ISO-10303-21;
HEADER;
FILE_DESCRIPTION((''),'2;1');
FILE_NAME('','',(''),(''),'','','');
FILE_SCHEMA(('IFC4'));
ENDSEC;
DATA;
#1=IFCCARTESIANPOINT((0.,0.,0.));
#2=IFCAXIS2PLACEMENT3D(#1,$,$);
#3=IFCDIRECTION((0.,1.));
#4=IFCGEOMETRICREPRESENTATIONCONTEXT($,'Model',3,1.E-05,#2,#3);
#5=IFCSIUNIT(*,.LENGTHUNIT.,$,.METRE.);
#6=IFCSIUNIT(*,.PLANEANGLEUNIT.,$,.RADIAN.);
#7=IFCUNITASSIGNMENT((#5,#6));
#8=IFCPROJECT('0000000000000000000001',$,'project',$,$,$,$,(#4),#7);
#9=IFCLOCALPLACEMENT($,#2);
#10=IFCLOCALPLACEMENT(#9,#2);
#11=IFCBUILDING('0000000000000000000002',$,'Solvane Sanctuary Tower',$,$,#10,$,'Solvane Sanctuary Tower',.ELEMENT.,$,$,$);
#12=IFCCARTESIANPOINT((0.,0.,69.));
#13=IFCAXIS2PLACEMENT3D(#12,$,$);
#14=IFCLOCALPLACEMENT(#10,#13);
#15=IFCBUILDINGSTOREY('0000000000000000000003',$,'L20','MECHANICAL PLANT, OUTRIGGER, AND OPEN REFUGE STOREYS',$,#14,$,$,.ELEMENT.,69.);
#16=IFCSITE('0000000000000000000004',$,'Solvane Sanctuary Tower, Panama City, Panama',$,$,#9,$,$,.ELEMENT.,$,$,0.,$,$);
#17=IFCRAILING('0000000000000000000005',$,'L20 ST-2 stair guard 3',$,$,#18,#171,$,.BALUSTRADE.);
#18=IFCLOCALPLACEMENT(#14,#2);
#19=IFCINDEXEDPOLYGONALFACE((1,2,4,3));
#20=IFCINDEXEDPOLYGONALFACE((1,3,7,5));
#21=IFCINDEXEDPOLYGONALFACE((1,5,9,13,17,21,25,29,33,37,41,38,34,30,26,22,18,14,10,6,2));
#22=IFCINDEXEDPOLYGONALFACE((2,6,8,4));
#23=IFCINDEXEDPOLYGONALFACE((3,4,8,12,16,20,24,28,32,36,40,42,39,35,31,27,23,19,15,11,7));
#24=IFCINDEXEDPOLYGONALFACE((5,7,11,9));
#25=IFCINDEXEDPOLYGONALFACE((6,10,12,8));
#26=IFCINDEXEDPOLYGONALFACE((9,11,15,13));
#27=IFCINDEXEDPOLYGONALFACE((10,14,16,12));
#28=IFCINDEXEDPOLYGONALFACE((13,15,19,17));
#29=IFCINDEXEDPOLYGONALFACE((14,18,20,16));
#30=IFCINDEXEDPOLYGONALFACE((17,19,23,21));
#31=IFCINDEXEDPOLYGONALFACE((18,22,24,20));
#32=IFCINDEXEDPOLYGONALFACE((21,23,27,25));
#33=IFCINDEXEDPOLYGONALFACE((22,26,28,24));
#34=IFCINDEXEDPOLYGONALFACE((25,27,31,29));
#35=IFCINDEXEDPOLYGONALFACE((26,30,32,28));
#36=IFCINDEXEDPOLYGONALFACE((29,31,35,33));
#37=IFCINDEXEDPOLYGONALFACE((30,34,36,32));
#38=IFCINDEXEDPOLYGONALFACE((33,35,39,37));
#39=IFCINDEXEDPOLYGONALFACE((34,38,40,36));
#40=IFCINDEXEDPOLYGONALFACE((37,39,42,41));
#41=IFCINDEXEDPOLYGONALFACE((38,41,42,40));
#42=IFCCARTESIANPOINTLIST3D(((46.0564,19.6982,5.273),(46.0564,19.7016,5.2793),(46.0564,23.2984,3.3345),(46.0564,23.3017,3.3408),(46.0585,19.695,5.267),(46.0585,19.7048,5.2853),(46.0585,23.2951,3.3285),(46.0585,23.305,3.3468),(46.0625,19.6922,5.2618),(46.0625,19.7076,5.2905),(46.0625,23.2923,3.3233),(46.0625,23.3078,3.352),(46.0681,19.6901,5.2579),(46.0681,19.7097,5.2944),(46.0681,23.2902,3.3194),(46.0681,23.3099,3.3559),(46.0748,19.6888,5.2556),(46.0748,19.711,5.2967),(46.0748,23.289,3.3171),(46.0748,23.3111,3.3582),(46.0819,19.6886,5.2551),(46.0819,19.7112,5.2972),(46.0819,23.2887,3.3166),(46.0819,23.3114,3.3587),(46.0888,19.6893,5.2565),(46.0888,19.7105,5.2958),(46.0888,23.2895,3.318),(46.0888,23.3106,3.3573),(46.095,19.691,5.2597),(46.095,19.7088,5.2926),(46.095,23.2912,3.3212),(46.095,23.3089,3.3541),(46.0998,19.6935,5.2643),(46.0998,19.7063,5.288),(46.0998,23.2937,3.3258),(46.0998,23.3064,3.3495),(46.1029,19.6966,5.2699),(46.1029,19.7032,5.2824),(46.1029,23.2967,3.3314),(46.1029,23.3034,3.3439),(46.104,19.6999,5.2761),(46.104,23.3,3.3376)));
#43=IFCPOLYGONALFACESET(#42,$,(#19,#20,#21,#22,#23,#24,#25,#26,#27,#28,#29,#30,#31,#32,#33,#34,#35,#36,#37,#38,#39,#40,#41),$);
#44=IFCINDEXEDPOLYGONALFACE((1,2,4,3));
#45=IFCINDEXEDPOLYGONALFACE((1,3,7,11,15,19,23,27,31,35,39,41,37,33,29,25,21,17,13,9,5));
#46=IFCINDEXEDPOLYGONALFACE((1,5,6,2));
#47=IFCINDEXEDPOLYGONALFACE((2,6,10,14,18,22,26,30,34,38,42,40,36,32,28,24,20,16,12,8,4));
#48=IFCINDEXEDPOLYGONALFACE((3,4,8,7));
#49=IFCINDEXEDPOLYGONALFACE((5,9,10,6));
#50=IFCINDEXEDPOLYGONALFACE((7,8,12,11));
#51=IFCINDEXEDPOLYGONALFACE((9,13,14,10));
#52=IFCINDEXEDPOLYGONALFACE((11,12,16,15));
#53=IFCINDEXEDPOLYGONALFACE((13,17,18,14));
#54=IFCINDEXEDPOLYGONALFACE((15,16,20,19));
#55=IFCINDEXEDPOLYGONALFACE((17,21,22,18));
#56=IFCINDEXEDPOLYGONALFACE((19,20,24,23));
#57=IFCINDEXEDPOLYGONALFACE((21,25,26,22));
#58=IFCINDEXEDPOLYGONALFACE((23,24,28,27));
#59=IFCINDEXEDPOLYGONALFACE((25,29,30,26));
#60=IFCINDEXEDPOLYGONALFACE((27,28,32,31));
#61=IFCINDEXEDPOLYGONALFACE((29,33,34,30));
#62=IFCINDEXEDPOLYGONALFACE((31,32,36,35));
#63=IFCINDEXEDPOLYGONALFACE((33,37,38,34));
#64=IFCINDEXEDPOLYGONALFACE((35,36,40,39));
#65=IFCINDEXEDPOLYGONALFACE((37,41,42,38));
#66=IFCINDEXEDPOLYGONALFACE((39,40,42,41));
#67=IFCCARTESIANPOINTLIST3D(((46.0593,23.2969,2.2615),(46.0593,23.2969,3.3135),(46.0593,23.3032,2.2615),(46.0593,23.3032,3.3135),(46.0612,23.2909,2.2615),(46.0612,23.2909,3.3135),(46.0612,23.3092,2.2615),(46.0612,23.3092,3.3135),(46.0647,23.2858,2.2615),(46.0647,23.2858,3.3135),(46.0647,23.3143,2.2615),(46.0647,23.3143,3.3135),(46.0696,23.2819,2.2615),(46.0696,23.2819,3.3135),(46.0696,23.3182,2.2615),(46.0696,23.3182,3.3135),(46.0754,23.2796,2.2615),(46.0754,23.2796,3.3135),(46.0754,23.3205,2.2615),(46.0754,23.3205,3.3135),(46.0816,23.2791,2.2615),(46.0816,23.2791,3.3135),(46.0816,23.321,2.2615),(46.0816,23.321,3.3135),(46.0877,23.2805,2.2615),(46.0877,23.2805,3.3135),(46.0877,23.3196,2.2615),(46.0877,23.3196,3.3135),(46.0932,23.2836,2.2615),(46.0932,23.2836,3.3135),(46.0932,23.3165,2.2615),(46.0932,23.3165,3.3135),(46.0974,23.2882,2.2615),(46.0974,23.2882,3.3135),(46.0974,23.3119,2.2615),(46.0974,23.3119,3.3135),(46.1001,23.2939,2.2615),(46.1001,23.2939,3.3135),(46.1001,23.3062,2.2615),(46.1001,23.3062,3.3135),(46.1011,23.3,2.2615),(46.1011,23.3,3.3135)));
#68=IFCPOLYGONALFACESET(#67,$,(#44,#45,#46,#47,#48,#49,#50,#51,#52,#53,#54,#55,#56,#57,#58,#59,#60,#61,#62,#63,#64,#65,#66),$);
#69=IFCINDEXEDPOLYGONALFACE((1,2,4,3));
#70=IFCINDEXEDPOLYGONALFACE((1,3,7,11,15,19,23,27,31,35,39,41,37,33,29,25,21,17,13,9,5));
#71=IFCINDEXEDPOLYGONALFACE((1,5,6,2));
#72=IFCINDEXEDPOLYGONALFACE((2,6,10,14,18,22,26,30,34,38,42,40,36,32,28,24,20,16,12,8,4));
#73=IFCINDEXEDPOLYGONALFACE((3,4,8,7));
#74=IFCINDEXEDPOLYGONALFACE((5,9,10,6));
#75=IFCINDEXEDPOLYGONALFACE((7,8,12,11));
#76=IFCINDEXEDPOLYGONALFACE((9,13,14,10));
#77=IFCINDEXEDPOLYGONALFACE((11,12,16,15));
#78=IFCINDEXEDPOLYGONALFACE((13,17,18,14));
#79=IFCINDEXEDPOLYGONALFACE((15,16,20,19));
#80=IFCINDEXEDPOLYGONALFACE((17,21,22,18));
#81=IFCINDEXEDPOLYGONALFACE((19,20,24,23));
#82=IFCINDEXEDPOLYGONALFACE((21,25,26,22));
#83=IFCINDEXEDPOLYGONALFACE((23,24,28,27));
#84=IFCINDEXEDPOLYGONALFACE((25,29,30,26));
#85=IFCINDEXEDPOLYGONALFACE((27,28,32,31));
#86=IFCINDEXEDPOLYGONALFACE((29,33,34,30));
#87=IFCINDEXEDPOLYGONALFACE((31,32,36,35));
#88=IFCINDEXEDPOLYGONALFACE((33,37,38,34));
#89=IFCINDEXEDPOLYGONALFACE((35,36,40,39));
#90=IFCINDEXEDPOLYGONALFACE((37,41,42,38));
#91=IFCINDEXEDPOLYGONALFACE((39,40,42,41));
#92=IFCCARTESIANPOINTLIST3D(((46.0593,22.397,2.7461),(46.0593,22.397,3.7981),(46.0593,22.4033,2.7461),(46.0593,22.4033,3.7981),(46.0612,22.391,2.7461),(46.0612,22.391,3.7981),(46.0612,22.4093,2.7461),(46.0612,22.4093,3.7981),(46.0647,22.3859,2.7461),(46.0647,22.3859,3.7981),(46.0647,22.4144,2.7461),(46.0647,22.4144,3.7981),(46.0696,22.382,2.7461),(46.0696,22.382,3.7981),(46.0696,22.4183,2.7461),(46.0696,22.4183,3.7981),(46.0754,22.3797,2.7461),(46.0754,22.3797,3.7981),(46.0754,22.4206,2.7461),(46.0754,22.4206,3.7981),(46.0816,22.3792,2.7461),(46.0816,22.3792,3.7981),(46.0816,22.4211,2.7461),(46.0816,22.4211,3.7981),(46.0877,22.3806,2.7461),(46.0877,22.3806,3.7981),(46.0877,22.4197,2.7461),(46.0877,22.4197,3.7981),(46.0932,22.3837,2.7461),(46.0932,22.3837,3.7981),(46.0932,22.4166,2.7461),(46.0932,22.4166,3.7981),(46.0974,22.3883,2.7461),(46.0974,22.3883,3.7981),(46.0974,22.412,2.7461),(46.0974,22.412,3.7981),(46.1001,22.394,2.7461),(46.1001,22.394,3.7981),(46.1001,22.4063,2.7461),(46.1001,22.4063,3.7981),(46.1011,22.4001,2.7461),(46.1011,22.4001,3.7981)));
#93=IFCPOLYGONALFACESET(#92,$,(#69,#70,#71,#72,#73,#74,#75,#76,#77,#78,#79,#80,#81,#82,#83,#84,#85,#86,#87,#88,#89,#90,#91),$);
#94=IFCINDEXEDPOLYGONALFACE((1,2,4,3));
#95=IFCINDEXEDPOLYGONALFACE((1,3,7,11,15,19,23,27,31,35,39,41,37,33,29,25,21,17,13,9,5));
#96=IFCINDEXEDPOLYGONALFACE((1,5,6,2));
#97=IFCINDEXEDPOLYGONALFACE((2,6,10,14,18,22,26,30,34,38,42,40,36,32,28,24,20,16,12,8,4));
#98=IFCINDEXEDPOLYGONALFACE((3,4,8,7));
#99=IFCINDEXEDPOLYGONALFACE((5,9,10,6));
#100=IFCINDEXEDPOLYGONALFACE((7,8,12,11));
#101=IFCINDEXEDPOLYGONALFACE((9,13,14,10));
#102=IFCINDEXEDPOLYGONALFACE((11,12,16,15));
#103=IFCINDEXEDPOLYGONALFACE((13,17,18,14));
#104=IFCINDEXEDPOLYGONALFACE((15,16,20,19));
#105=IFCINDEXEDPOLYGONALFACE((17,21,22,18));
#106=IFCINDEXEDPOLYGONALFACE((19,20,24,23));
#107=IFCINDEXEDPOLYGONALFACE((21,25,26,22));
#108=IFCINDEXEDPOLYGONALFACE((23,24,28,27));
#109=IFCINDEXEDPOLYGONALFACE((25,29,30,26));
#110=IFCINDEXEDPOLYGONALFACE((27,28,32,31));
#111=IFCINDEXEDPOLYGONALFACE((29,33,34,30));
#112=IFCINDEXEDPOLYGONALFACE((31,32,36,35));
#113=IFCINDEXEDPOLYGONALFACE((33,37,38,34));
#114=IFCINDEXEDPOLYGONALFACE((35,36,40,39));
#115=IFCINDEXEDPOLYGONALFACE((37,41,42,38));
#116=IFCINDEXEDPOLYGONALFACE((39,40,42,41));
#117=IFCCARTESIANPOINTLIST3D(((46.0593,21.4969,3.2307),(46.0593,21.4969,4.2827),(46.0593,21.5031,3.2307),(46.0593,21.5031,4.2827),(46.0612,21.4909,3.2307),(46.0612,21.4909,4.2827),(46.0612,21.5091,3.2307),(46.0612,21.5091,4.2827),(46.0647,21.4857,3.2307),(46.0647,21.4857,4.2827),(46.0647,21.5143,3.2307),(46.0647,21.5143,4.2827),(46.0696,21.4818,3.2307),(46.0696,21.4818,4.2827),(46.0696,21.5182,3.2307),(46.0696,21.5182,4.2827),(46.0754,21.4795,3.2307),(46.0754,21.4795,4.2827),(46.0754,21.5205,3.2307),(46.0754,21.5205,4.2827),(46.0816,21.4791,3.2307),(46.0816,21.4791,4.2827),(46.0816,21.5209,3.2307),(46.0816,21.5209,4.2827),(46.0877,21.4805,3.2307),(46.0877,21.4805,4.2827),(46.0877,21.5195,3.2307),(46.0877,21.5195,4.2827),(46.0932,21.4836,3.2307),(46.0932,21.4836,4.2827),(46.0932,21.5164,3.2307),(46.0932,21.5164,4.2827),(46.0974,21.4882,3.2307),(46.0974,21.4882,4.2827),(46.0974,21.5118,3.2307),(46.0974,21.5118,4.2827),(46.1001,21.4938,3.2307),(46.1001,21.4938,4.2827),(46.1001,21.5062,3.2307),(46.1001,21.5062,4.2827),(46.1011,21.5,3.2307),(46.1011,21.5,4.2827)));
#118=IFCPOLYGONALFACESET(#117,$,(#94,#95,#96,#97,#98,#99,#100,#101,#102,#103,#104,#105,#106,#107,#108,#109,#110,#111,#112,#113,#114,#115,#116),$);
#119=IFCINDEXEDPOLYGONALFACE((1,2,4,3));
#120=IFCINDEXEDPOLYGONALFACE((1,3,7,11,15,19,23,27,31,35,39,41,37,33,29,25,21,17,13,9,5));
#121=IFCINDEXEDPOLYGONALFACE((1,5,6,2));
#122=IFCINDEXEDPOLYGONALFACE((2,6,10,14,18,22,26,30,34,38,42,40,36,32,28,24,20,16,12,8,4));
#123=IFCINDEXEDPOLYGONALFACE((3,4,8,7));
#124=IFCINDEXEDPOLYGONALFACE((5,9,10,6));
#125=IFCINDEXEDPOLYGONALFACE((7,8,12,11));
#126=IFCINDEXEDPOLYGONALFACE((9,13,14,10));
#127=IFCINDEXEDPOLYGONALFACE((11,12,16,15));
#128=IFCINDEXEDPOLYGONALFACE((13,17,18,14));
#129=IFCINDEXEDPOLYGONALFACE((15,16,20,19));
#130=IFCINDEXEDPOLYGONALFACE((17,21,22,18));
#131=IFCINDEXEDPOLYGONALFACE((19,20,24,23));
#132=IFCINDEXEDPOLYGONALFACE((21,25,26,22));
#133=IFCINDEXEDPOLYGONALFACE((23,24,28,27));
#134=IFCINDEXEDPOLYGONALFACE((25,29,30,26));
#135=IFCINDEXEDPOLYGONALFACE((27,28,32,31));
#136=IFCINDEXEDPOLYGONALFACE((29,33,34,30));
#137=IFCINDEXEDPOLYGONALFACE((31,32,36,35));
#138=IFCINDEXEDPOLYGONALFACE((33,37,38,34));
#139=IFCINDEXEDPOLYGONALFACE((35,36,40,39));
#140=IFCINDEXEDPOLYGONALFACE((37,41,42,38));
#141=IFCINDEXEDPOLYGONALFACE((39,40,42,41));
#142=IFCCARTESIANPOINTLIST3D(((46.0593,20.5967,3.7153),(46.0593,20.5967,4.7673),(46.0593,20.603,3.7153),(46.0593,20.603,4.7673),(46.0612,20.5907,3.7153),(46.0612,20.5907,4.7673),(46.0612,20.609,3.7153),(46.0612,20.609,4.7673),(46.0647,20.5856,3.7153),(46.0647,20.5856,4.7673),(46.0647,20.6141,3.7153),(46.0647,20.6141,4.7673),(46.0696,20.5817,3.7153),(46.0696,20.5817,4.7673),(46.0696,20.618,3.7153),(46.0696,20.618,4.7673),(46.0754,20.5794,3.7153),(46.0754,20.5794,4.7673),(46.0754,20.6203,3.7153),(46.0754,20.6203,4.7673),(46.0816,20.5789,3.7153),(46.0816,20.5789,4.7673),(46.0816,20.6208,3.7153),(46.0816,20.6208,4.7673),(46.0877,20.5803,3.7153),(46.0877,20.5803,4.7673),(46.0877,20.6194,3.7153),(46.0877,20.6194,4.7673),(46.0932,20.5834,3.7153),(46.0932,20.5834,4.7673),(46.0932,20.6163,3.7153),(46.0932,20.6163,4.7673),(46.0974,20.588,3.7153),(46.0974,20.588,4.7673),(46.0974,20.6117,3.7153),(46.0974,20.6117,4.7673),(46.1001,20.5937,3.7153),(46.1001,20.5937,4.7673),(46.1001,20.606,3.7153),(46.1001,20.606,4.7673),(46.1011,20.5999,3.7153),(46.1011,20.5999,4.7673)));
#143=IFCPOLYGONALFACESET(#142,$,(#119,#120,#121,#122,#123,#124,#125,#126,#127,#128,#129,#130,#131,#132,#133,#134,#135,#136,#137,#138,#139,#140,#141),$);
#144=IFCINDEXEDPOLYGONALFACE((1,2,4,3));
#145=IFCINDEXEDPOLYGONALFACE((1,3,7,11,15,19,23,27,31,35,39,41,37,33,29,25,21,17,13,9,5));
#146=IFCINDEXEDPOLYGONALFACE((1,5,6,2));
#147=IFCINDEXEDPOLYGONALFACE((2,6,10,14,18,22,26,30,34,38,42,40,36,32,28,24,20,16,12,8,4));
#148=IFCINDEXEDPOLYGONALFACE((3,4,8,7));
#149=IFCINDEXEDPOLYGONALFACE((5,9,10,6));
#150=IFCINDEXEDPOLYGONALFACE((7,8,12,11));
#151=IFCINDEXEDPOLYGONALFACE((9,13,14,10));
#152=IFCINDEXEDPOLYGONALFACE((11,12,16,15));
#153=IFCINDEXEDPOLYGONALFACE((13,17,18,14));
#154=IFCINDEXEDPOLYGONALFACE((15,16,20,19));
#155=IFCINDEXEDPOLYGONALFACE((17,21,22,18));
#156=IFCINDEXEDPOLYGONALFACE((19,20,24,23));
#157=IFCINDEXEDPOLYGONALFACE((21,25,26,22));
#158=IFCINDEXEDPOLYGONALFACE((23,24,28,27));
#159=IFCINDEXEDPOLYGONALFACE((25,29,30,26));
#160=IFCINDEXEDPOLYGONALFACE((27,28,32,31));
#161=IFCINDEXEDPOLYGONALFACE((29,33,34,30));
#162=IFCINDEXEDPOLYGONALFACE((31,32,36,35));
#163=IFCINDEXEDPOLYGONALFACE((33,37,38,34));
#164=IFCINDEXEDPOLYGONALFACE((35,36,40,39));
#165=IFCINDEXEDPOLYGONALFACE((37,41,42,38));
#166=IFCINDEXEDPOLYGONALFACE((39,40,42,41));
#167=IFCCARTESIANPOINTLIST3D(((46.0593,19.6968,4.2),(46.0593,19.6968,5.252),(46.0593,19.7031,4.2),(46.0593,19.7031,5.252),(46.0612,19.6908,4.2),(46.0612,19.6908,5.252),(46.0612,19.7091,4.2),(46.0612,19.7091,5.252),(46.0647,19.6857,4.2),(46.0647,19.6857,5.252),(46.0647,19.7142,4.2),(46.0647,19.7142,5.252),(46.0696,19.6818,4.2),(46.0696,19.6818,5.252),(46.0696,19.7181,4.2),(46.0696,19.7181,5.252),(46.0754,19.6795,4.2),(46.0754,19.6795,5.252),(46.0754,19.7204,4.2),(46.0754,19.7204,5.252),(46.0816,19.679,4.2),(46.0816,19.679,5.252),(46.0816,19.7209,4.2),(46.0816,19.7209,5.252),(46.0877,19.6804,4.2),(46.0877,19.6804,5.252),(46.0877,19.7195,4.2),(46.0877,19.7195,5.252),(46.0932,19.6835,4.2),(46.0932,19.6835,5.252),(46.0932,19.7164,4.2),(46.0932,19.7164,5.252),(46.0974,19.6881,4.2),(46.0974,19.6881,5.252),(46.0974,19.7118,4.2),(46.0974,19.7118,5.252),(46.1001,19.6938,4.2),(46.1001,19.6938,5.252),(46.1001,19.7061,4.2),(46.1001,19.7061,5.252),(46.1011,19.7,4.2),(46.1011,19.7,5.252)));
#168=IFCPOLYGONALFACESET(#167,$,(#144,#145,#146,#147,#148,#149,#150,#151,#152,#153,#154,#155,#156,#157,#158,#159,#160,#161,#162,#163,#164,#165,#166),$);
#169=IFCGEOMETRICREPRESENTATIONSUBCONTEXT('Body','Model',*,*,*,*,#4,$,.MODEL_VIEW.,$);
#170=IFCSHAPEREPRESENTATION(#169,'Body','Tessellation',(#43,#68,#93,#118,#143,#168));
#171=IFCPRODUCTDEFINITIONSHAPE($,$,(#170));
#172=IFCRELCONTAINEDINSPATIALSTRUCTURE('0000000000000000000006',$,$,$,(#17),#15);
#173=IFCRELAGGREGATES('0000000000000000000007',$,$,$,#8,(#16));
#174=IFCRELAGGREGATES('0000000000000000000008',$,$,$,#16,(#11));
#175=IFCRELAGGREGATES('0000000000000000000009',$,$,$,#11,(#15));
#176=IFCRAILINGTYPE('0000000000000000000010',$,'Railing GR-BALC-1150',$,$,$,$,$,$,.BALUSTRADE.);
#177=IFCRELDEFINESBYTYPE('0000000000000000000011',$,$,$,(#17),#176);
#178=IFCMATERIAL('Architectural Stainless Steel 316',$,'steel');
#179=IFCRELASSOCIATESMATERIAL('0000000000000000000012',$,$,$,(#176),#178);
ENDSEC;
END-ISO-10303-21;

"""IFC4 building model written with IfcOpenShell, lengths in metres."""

from ifc_helpers import new_model, si_unit, direction, frame, origin, origin_2d, place, context, subcontext, project, spatial, circle, extrude, material, type_object, element, save


model = new_model("IFC4")

# Units and contexts
model_context = context("Model", 3, precision=1e-05, world=origin(), true_north=direction((0.0, 1.0)))
body_context = subcontext(model_context, "Body", "Model", "MODEL_VIEW")
ifc_project = project(units=[si_unit("LENGTHUNIT", "METRE"), si_unit("PLANEANGLEUNIT", "RADIAN")], contexts=[model_context])

# Site, building, storey
site_placement = place(None, origin())
site = spatial("IfcSite", under=ifc_project, at=site_placement, Name="Solvane Sanctuary Tower, Panama City, Panama", CompositionType="ELEMENT", RefElevation=0.0)
building_placement = place(site_placement, origin())
building = spatial("IfcBuilding", under=site, at=building_placement, Name="Solvane Sanctuary Tower", LongName="Solvane Sanctuary Tower", CompositionType="ELEMENT")
storey_placement = place(building_placement, frame((0.0, 0.0, 69.0)))
storey = spatial("IfcBuildingStorey", under=building, at=storey_placement, Name="L20", Description="MECHANICAL PLANT, OUTRIGGER, AND OPEN REFUGE STOREYS", CompositionType="ELEMENT", Elevation=69.0)

# Shared definitions
ifc_material_1 = material(Name="Architectural Stainless Steel 316", Category="steel")

# Railing
railing_type_1 = type_object("IfcRailingType", Name="Railing GR-BALC-1150", PredefinedType="BALUSTRADE", material=ifc_material_1)
railing_1_placement = place(storey_placement, frame((46.0801, 23.3, 2.2615)))
element("IfcRailing", 1, at=railing_1_placement, inside=storey, type_object=railing_type_1, Name="L20 ST-2 stair guard 3", PredefinedType="BALUSTRADE", context=body_context, shape_type="SweptSolid", body=[
    extrude(circle(Radius=0.0239, at=origin_2d()), frame((0.0, 0.0, 1.0762), z_axis=(0.0, -0.880475, 0.474093), x_axis=(1.0, 0.0, 0.0)), (0.0, 0.0, 1.0), 4.0889),
    extrude(circle(Radius=0.021, at=origin_2d()), origin(), (0.0, 0.0, 1.0), 1.052),
    extrude(circle(Radius=0.021, at=origin_2d()), frame((0.0, -0.8999, 0.4846)), (0.0, 0.0, 1.0), 1.052),
    extrude(circle(Radius=0.021, at=origin_2d()), frame((0.0, -1.8, 0.9692)), (0.0, 0.0, 1.0), 1.052),
    extrude(circle(Radius=0.021, at=origin_2d()), frame((0.0, -2.7002, 1.4539)), (0.0, 0.0, 1.0), 1.052),
    extrude(circle(Radius=0.021, at=origin_2d()), frame((0.0, -3.6001, 1.9385)), (0.0, 0.0, 1.0), 1.052),
])

save(model, "model.ifc")
